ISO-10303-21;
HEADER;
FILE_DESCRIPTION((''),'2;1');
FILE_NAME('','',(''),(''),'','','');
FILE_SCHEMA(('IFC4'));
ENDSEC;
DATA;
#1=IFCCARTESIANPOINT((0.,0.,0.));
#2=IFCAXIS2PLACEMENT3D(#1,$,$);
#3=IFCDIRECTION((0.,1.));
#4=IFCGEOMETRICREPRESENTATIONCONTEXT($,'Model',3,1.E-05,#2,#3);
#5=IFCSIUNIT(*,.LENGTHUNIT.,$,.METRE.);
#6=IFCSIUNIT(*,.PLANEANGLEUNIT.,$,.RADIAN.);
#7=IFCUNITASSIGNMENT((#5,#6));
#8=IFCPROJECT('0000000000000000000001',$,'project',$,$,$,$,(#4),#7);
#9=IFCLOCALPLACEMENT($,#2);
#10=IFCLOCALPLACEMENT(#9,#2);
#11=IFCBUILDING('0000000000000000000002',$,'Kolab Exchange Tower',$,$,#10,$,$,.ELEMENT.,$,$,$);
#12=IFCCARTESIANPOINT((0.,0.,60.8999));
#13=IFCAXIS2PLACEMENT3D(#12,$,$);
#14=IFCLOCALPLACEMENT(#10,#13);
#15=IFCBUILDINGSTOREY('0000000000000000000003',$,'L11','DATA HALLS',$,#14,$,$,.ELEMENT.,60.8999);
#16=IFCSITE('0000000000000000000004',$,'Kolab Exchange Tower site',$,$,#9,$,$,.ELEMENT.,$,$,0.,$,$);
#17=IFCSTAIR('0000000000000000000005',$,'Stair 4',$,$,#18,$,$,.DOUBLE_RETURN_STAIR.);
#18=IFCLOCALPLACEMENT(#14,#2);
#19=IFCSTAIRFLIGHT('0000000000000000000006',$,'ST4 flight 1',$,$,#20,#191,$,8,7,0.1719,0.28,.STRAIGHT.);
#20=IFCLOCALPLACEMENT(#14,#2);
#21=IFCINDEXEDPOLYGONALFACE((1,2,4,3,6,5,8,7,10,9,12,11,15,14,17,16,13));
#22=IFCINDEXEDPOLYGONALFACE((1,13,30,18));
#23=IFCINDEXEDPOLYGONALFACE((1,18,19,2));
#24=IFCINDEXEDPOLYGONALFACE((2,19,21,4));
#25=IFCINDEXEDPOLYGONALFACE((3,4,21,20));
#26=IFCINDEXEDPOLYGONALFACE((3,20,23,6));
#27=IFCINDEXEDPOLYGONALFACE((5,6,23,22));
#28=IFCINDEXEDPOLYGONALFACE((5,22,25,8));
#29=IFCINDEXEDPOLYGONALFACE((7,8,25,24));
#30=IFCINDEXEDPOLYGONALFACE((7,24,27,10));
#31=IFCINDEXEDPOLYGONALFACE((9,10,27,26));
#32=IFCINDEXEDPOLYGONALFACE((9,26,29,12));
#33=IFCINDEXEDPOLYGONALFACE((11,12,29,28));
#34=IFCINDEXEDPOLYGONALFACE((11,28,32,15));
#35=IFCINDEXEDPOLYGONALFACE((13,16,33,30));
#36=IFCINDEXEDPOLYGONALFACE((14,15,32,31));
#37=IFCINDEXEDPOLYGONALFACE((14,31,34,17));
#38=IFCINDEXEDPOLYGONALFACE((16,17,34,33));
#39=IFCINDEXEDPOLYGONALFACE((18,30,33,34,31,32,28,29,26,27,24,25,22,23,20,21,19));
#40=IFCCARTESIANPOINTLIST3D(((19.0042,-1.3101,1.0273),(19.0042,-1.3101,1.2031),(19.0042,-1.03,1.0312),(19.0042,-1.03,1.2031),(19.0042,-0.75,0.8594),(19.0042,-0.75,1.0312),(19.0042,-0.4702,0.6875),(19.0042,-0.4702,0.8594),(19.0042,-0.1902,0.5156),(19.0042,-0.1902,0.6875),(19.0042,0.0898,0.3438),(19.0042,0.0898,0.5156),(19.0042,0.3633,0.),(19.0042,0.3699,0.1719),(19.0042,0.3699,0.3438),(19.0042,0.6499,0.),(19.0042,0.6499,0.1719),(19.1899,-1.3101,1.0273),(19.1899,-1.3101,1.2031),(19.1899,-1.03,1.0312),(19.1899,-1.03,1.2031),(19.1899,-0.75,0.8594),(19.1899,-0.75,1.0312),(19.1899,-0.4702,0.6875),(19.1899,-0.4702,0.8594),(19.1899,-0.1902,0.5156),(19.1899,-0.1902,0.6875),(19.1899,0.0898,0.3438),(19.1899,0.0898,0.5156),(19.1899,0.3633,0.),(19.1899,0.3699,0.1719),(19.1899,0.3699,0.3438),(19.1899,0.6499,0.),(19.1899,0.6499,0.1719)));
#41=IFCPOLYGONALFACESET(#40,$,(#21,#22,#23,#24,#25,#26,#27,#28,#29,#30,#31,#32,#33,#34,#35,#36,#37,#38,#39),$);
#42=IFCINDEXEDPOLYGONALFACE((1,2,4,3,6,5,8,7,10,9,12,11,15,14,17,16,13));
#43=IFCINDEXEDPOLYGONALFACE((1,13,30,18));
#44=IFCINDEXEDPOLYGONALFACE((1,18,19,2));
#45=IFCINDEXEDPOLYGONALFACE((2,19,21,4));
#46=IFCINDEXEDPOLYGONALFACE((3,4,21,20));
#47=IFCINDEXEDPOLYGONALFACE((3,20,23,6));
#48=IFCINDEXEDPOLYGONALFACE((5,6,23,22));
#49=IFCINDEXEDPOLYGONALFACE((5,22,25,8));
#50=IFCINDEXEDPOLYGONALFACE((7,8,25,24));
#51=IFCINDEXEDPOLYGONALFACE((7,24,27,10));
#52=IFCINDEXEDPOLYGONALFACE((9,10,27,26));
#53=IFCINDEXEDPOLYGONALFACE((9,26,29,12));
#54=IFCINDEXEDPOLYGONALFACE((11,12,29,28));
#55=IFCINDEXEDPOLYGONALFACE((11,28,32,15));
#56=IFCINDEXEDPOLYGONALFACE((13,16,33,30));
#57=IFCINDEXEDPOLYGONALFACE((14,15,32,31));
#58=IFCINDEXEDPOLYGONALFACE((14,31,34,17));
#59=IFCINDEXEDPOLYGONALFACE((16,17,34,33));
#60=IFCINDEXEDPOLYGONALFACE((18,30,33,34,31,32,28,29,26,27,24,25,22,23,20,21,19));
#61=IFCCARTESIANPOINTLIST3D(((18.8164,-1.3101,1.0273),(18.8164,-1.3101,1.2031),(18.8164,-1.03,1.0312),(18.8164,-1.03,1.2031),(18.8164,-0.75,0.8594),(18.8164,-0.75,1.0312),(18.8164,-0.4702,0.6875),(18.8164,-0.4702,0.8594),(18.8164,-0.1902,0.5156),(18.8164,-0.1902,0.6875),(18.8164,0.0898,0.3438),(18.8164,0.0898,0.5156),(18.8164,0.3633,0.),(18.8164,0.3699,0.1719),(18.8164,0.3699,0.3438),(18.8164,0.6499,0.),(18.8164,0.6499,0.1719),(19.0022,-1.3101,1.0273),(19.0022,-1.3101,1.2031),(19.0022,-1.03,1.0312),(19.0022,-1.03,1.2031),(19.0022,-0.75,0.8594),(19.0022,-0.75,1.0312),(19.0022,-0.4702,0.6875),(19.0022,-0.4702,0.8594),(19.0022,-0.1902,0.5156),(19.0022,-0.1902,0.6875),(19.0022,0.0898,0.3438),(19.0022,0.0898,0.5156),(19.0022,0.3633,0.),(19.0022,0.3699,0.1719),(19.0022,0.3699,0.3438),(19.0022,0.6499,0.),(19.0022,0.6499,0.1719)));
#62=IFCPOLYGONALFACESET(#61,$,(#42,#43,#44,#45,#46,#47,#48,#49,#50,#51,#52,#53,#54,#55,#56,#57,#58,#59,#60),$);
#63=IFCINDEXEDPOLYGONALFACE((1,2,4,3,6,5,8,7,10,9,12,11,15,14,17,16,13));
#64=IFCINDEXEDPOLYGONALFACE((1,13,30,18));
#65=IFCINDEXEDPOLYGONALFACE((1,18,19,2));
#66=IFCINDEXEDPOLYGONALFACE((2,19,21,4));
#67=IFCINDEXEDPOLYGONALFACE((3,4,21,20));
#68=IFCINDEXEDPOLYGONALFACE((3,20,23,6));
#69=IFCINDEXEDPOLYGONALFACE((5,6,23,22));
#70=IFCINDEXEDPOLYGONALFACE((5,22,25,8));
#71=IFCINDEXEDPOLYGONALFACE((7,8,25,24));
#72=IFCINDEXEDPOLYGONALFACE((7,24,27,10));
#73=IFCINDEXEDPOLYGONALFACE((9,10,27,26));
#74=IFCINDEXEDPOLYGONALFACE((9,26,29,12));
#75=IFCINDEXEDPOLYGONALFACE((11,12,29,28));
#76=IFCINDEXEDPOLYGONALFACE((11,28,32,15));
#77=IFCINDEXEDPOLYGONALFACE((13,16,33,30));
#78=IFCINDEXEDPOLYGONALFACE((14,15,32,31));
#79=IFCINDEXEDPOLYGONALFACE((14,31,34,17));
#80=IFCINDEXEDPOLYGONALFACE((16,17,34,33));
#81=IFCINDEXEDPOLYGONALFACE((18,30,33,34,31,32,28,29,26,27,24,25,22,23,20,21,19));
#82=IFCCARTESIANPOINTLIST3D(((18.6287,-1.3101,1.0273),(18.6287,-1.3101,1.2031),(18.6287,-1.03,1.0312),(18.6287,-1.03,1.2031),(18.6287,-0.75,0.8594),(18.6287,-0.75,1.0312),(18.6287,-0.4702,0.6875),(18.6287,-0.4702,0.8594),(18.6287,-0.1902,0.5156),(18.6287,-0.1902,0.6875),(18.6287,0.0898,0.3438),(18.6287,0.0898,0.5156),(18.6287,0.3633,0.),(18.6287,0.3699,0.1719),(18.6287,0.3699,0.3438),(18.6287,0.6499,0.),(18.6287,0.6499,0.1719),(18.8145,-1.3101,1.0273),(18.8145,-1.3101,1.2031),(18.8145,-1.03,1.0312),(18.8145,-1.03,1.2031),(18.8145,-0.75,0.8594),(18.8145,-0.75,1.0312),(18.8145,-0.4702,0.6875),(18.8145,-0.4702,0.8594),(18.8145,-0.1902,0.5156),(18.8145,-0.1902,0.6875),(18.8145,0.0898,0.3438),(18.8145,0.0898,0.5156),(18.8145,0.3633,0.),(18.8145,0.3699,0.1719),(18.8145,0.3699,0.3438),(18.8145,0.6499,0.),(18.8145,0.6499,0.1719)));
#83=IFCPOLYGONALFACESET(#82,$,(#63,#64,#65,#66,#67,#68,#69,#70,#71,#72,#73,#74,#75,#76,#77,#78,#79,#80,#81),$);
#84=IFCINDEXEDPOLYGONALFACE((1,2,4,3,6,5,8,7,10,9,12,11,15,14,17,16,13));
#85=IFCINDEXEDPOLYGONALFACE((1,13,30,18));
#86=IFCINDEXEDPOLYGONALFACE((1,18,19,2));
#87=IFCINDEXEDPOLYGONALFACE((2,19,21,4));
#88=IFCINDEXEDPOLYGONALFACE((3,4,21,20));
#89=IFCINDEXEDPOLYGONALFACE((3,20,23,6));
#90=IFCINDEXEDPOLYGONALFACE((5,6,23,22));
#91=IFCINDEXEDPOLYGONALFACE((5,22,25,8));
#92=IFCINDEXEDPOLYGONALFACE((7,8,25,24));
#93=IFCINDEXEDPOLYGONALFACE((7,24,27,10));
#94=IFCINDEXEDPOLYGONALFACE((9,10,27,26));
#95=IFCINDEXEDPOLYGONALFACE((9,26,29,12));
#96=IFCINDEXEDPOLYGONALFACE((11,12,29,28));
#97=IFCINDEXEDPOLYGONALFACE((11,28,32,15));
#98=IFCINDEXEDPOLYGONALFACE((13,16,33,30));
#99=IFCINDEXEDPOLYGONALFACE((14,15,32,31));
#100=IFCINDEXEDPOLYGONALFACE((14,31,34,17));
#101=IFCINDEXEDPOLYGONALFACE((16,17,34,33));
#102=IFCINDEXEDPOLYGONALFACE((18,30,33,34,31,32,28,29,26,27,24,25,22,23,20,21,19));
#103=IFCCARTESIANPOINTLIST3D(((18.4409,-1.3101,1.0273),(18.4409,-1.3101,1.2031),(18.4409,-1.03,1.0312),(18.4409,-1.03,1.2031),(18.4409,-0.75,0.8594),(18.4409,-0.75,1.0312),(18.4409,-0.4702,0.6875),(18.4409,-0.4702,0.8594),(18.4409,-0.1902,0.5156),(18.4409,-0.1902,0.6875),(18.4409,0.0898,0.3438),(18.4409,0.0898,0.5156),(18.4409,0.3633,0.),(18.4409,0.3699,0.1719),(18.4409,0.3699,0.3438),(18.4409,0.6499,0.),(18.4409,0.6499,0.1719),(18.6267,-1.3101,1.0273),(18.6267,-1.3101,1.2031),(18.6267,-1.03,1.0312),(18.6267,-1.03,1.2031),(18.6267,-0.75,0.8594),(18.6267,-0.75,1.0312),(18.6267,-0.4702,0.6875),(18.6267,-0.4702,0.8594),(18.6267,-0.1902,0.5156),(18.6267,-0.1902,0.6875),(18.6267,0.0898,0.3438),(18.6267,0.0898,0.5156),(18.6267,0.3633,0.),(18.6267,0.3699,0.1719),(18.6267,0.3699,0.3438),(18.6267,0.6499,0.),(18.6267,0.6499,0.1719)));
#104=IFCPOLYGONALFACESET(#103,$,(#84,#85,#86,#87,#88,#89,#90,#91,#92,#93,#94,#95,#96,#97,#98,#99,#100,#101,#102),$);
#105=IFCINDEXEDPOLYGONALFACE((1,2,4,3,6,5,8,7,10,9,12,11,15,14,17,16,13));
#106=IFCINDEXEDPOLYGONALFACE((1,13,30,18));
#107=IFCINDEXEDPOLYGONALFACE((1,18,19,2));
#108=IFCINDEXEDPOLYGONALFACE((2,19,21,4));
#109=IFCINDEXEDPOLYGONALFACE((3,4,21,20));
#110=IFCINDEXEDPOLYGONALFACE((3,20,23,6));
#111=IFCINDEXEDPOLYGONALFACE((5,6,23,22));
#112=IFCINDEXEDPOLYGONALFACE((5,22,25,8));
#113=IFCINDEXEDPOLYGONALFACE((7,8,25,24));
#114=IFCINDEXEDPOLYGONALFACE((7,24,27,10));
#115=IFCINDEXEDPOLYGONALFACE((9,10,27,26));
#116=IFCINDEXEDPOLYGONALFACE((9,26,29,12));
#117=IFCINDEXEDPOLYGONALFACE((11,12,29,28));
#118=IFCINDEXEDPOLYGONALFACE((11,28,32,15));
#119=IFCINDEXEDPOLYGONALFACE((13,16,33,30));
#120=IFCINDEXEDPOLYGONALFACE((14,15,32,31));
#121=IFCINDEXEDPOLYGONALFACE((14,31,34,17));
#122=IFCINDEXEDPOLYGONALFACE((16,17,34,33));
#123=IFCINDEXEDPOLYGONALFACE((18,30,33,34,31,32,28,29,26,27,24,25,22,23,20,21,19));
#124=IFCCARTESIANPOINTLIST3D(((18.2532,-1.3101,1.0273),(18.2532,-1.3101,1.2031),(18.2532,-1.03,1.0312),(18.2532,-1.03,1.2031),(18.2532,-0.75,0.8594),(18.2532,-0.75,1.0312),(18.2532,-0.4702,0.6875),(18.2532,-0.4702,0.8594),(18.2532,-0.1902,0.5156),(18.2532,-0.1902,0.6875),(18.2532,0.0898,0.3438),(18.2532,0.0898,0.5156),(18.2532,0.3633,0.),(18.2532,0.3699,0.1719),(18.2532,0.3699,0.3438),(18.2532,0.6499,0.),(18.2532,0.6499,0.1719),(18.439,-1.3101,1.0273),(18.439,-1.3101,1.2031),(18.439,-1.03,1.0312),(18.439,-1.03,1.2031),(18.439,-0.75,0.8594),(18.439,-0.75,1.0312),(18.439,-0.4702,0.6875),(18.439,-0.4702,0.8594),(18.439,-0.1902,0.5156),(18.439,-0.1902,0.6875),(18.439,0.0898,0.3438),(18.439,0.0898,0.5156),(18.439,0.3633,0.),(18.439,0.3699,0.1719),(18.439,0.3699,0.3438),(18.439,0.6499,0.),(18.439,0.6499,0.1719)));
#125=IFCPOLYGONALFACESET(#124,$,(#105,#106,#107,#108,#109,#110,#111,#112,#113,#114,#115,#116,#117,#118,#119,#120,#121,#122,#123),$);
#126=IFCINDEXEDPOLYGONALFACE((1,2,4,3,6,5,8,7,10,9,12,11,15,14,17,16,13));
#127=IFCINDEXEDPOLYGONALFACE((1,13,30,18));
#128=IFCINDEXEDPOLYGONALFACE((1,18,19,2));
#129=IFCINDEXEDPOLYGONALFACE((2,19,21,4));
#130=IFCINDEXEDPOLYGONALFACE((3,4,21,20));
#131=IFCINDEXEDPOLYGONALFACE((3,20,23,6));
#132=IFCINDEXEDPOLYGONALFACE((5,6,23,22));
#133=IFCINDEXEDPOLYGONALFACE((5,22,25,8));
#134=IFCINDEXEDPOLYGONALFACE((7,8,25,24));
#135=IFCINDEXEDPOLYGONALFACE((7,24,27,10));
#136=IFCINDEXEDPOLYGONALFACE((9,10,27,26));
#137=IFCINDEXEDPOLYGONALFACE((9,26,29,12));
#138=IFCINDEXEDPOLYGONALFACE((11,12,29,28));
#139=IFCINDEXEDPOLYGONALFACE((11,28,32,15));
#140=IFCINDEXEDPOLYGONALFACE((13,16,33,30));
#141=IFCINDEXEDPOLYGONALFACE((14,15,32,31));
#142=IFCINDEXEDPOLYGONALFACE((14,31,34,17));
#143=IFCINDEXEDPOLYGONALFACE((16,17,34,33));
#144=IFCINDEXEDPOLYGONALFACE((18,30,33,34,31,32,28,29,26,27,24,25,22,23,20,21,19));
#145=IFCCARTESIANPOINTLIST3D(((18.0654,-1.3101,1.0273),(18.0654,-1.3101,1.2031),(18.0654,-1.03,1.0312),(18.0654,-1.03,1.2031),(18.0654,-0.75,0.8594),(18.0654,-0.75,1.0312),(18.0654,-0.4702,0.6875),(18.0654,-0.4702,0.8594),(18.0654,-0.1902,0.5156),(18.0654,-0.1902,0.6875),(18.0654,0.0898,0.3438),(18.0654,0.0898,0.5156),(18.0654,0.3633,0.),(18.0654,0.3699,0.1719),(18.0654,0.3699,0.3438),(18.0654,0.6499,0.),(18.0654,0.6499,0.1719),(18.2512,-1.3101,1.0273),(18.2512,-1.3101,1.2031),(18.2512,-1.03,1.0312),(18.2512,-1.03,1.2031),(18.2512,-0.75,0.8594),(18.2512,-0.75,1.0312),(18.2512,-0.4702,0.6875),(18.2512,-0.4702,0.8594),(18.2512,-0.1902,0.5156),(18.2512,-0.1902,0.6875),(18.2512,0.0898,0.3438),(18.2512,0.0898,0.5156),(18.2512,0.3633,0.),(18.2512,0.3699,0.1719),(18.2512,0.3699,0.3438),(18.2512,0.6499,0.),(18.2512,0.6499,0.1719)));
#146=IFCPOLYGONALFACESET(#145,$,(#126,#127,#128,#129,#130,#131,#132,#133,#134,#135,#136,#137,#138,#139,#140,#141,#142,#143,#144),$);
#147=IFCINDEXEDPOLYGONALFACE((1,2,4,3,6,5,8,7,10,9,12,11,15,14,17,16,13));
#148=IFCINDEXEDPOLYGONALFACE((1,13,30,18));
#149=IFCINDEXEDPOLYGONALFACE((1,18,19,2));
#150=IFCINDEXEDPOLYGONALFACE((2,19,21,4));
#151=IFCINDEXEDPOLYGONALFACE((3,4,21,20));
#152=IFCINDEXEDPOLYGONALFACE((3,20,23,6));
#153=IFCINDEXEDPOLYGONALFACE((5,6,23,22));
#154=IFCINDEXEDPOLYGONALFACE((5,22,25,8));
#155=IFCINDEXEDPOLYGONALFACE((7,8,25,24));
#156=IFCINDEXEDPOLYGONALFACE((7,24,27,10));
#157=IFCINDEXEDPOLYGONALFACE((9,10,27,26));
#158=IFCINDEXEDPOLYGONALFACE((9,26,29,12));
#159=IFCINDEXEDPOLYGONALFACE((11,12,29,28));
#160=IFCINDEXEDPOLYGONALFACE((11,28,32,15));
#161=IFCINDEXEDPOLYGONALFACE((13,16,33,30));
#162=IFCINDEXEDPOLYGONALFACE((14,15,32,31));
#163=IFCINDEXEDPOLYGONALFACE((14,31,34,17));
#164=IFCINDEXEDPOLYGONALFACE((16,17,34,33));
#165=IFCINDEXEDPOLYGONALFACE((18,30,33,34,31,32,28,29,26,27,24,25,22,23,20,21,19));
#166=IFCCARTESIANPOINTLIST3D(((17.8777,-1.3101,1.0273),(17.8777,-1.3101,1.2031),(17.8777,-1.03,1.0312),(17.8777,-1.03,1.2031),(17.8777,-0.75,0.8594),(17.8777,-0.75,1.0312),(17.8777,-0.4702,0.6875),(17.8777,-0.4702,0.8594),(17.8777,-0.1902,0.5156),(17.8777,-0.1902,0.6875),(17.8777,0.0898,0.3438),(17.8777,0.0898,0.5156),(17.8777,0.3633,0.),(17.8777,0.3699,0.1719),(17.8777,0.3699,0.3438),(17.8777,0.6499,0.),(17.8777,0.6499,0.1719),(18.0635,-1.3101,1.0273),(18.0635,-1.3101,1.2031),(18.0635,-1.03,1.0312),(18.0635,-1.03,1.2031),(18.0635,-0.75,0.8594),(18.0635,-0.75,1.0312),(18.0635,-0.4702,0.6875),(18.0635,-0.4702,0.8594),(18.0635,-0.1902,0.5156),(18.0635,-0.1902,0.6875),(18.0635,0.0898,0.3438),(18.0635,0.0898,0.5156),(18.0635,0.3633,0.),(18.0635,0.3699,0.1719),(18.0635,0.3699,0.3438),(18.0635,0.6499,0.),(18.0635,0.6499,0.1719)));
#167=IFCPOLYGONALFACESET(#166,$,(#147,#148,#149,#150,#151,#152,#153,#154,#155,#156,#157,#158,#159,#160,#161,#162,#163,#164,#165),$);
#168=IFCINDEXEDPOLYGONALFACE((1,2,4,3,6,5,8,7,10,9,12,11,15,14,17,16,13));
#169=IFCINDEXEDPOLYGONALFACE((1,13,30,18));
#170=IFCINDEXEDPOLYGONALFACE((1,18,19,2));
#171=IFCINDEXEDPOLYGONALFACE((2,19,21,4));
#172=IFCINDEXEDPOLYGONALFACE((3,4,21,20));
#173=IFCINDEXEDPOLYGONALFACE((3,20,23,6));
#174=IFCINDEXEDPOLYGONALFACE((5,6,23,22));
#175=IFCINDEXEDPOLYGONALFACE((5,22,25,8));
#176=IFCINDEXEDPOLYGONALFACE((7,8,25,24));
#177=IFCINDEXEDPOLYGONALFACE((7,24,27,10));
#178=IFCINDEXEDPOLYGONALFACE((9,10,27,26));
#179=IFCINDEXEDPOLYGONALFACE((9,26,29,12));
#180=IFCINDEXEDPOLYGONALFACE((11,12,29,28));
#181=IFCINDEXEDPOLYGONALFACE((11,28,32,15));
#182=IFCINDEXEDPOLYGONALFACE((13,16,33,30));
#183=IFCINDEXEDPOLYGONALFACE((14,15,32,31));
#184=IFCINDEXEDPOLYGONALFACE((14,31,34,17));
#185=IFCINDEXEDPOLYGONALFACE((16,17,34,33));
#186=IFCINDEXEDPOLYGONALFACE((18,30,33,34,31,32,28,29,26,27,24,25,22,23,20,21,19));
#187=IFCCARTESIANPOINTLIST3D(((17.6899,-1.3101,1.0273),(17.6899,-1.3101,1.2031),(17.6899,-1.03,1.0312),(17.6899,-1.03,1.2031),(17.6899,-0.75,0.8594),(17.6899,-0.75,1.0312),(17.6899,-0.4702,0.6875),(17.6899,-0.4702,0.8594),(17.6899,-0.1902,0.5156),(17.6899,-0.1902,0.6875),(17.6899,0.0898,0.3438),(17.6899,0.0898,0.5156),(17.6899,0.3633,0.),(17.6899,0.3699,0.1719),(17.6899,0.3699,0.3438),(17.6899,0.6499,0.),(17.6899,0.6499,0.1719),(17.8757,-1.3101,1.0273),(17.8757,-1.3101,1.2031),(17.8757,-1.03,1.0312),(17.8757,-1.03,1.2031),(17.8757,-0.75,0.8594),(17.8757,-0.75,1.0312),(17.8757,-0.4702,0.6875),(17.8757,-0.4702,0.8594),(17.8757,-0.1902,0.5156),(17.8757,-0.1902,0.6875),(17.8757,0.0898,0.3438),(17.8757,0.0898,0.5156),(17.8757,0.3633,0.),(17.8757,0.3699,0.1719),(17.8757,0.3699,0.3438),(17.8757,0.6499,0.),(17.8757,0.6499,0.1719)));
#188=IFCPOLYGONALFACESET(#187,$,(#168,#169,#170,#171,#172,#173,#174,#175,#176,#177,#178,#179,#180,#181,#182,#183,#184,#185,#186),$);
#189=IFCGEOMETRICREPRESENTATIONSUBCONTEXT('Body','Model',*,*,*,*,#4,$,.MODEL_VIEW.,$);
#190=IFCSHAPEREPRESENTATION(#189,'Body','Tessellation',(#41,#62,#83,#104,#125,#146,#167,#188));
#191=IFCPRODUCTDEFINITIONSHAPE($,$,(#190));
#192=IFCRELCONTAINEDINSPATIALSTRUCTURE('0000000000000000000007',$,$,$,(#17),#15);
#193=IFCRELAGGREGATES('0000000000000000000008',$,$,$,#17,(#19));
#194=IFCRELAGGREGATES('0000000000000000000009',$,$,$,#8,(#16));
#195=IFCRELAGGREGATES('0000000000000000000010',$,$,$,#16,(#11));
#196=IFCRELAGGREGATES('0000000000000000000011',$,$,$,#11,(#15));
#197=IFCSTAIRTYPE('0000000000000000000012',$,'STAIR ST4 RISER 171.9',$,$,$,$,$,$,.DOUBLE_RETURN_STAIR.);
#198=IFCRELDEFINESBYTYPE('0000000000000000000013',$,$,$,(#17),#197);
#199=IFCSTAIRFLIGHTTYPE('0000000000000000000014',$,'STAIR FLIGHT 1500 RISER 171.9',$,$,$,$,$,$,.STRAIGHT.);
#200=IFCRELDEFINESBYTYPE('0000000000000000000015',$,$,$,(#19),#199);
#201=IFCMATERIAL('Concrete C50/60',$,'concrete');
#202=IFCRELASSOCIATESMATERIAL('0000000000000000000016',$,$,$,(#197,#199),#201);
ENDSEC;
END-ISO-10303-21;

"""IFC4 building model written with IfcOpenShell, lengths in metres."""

from ifc_helpers import new_model, si_unit, direction, frame, origin, place, context, subcontext, project, spatial, polyline, outline, extrude, material, type_object, element, aggregate, save


model = new_model("IFC4")

# Units and contexts
model_context = context("Model", 3, precision=1e-05, world=origin(), true_north=direction((0.0, 1.0)))
body_context = subcontext(model_context, "Body", "Model", "MODEL_VIEW")
ifc_project = project(units=[si_unit("LENGTHUNIT", "METRE"), si_unit("PLANEANGLEUNIT", "RADIAN")], contexts=[model_context])

# Site, building, storey
site_placement = place(None, origin())
site = spatial("IfcSite", under=ifc_project, at=site_placement, Name="Kolab Exchange Tower site", CompositionType="ELEMENT", RefElevation=0.0)
building_placement = place(site_placement, origin())
building = spatial("IfcBuilding", under=site, at=building_placement, Name="Kolab Exchange Tower", CompositionType="ELEMENT")
storey_placement = place(building_placement, frame((0.0, 0.0, 60.8999)))
storey = spatial("IfcBuildingStorey", under=building, at=storey_placement, Name="L11", Description="DATA HALLS", CompositionType="ELEMENT", Elevation=60.8999)

# Shared definitions
ifc_material_1 = material(Name="Concrete C50/60", Category="concrete")

# Stair, stair flight
stair_type = type_object("IfcStairType", Name="STAIR ST4 RISER 171.9", PredefinedType="DOUBLE_RETURN_STAIR", material=ifc_material_1)
stair_placement = place(storey_placement, origin())
stair = element("IfcStair", 1, at=stair_placement, inside=storey, type_object=stair_type, Name="Stair 4", PredefinedType="DOUBLE_RETURN_STAIR")
stair_flight_type = type_object("IfcStairFlightType", Name="STAIR FLIGHT 1500 RISER 171.9", PredefinedType="STRAIGHT", material=ifc_material_1)
stair_flight_1_placement = place(storey_placement, frame((18.4399, 0.6499, 0.0), z_axis=(0.0, 0.0, 1.0), x_axis=(0.0, -1.0, 0.0)))
stair_flight_1 = element("IfcStairFlight", 2, at=stair_flight_1_placement, type_object=stair_flight_type, Name="ST4 flight 1", NumberOfRisers=8, NumberOfTreads=7, PredefinedType="STRAIGHT", RiserHeight=0.1719, TreadLength=0.28, context=body_context, shape_type="SweptSolid", body=[
    extrude(outline(polyline([(0.0, 0.0), (0.0, 0.1719), (0.28, 0.1719), (0.28, 0.3438), (0.5601, 0.3438), (0.5601, 0.5156), (0.8401, 0.5156), (0.8401, 0.6875), (1.1201, 0.6875), (1.1201, 0.8594), (1.3999, 0.8594), (1.3999, 1.0312), (1.6799, 1.0312), (1.6799, 1.2031), (1.96, 1.2031), (1.96, 1.375), (1.96, 1.0273), (0.2866, 0.0), (0.0, 0.0)])), frame((0.0, 0.75, 0.0), z_axis=(0.0, -1.0, 0.0), x_axis=(1.0, 0.0, 0.0)), (0.0, 0.0, 1.0), 0.1858),
    extrude(outline(polyline([(0.0, 0.0), (0.0, 0.1719), (0.28, 0.1719), (0.28, 0.3438), (0.5601, 0.3438), (0.5601, 0.5156), (0.8401, 0.5156), (0.8401, 0.6875), (1.1201, 0.6875), (1.1201, 0.8594), (1.3999, 0.8594), (1.3999, 1.0312), (1.6799, 1.0312), (1.6799, 1.2031), (1.96, 1.2031), (1.96, 1.375), (1.96, 1.0273), (0.2866, 0.0), (0.0, 0.0)])), frame((0.0, 0.5623, 0.0), z_axis=(0.0, -1.0, 0.0), x_axis=(1.0, 0.0, 0.0)), (0.0, 0.0, 1.0), 0.1858),
    extrude(outline(polyline([(0.0, 0.0), (0.0, 0.1719), (0.28, 0.1719), (0.28, 0.3438), (0.5601, 0.3438), (0.5601, 0.5156), (0.8401, 0.5156), (0.8401, 0.6875), (1.1201, 0.6875), (1.1201, 0.8594), (1.3999, 0.8594), (1.3999, 1.0312), (1.6799, 1.0312), (1.6799, 1.2031), (1.96, 1.2031), (1.96, 1.375), (1.96, 1.0273), (0.2866, 0.0), (0.0, 0.0)])), frame((0.0, 0.3745, 0.0), z_axis=(0.0, -1.0, 0.0), x_axis=(1.0, 0.0, 0.0)), (0.0, 0.0, 1.0), 0.1858),
    extrude(outline(polyline([(0.0, 0.0), (0.0, 0.1719), (0.28, 0.1719), (0.28, 0.3438), (0.5601, 0.3438), (0.5601, 0.5156), (0.8401, 0.5156), (0.8401, 0.6875), (1.1201, 0.6875), (1.1201, 0.8594), (1.3999, 0.8594), (1.3999, 1.0312), (1.6799, 1.0312), (1.6799, 1.2031), (1.96, 1.2031), (1.96, 1.375), (1.96, 1.0273), (0.2866, 0.0), (0.0, 0.0)])), frame((0.0, 0.1868, 0.0), z_axis=(0.0, -1.0, 0.0), x_axis=(1.0, 0.0, 0.0)), (0.0, 0.0, 1.0), 0.1858),
    extrude(outline(polyline([(0.0, 0.0), (0.0, 0.1719), (0.28, 0.1719), (0.28, 0.3438), (0.5601, 0.3438), (0.5601, 0.5156), (0.8401, 0.5156), (0.8401, 0.6875), (1.1201, 0.6875), (1.1201, 0.8594), (1.3999, 0.8594), (1.3999, 1.0312), (1.6799, 1.0312), (1.6799, 1.2031), (1.96, 1.2031), (1.96, 1.375), (1.96, 1.0273), (0.2866, 0.0), (0.0, 0.0)])), frame((0.0, -0.001, 0.0), z_axis=(0.0, -1.0, 0.0), x_axis=(1.0, 0.0, 0.0)), (0.0, 0.0, 1.0), 0.1858),
    extrude(outline(polyline([(0.0, 0.0), (0.0, 0.1719), (0.28, 0.1719), (0.28, 0.3438), (0.5601, 0.3438), (0.5601, 0.5156), (0.8401, 0.5156), (0.8401, 0.6875), (1.1201, 0.6875), (1.1201, 0.8594), (1.3999, 0.8594), (1.3999, 1.0312), (1.6799, 1.0312), (1.6799, 1.2031), (1.96, 1.2031), (1.96, 1.375), (1.96, 1.0273), (0.2866, 0.0), (0.0, 0.0)])), frame((0.0, -0.1887, 0.0), z_axis=(0.0, -1.0, 0.0), x_axis=(1.0, 0.0, 0.0)), (0.0, 0.0, 1.0), 0.1858),
    extrude(outline(polyline([(0.0, 0.0), (0.0, 0.1719), (0.28, 0.1719), (0.28, 0.3438), (0.5601, 0.3438), (0.5601, 0.5156), (0.8401, 0.5156), (0.8401, 0.6875), (1.1201, 0.6875), (1.1201, 0.8594), (1.3999, 0.8594), (1.3999, 1.0312), (1.6799, 1.0312), (1.6799, 1.2031), (1.96, 1.2031), (1.96, 1.375), (1.96, 1.0273), (0.2866, 0.0), (0.0, 0.0)])), frame((0.0, -0.3765, 0.0), z_axis=(0.0, -1.0, 0.0), x_axis=(1.0, 0.0, 0.0)), (0.0, 0.0, 1.0), 0.1858),
    extrude(outline(polyline([(0.0, 0.0), (0.0, 0.1719), (0.28, 0.1719), (0.28, 0.3438), (0.5601, 0.3438), (0.5601, 0.5156), (0.8401, 0.5156), (0.8401, 0.6875), (1.1201, 0.6875), (1.1201, 0.8594), (1.3999, 0.8594), (1.3999, 1.0312), (1.6799, 1.0312), (1.6799, 1.2031), (1.96, 1.2031), (1.96, 1.375), (1.96, 1.0273), (0.2866, 0.0), (0.0, 0.0)])), frame((0.0, -0.5642, 0.0), z_axis=(0.0, -1.0, 0.0), x_axis=(1.0, 0.0, 0.0)), (0.0, 0.0, 1.0), 0.1858),
])
aggregate(stair, [stair_flight_1])

save(model, "model.ifc")
